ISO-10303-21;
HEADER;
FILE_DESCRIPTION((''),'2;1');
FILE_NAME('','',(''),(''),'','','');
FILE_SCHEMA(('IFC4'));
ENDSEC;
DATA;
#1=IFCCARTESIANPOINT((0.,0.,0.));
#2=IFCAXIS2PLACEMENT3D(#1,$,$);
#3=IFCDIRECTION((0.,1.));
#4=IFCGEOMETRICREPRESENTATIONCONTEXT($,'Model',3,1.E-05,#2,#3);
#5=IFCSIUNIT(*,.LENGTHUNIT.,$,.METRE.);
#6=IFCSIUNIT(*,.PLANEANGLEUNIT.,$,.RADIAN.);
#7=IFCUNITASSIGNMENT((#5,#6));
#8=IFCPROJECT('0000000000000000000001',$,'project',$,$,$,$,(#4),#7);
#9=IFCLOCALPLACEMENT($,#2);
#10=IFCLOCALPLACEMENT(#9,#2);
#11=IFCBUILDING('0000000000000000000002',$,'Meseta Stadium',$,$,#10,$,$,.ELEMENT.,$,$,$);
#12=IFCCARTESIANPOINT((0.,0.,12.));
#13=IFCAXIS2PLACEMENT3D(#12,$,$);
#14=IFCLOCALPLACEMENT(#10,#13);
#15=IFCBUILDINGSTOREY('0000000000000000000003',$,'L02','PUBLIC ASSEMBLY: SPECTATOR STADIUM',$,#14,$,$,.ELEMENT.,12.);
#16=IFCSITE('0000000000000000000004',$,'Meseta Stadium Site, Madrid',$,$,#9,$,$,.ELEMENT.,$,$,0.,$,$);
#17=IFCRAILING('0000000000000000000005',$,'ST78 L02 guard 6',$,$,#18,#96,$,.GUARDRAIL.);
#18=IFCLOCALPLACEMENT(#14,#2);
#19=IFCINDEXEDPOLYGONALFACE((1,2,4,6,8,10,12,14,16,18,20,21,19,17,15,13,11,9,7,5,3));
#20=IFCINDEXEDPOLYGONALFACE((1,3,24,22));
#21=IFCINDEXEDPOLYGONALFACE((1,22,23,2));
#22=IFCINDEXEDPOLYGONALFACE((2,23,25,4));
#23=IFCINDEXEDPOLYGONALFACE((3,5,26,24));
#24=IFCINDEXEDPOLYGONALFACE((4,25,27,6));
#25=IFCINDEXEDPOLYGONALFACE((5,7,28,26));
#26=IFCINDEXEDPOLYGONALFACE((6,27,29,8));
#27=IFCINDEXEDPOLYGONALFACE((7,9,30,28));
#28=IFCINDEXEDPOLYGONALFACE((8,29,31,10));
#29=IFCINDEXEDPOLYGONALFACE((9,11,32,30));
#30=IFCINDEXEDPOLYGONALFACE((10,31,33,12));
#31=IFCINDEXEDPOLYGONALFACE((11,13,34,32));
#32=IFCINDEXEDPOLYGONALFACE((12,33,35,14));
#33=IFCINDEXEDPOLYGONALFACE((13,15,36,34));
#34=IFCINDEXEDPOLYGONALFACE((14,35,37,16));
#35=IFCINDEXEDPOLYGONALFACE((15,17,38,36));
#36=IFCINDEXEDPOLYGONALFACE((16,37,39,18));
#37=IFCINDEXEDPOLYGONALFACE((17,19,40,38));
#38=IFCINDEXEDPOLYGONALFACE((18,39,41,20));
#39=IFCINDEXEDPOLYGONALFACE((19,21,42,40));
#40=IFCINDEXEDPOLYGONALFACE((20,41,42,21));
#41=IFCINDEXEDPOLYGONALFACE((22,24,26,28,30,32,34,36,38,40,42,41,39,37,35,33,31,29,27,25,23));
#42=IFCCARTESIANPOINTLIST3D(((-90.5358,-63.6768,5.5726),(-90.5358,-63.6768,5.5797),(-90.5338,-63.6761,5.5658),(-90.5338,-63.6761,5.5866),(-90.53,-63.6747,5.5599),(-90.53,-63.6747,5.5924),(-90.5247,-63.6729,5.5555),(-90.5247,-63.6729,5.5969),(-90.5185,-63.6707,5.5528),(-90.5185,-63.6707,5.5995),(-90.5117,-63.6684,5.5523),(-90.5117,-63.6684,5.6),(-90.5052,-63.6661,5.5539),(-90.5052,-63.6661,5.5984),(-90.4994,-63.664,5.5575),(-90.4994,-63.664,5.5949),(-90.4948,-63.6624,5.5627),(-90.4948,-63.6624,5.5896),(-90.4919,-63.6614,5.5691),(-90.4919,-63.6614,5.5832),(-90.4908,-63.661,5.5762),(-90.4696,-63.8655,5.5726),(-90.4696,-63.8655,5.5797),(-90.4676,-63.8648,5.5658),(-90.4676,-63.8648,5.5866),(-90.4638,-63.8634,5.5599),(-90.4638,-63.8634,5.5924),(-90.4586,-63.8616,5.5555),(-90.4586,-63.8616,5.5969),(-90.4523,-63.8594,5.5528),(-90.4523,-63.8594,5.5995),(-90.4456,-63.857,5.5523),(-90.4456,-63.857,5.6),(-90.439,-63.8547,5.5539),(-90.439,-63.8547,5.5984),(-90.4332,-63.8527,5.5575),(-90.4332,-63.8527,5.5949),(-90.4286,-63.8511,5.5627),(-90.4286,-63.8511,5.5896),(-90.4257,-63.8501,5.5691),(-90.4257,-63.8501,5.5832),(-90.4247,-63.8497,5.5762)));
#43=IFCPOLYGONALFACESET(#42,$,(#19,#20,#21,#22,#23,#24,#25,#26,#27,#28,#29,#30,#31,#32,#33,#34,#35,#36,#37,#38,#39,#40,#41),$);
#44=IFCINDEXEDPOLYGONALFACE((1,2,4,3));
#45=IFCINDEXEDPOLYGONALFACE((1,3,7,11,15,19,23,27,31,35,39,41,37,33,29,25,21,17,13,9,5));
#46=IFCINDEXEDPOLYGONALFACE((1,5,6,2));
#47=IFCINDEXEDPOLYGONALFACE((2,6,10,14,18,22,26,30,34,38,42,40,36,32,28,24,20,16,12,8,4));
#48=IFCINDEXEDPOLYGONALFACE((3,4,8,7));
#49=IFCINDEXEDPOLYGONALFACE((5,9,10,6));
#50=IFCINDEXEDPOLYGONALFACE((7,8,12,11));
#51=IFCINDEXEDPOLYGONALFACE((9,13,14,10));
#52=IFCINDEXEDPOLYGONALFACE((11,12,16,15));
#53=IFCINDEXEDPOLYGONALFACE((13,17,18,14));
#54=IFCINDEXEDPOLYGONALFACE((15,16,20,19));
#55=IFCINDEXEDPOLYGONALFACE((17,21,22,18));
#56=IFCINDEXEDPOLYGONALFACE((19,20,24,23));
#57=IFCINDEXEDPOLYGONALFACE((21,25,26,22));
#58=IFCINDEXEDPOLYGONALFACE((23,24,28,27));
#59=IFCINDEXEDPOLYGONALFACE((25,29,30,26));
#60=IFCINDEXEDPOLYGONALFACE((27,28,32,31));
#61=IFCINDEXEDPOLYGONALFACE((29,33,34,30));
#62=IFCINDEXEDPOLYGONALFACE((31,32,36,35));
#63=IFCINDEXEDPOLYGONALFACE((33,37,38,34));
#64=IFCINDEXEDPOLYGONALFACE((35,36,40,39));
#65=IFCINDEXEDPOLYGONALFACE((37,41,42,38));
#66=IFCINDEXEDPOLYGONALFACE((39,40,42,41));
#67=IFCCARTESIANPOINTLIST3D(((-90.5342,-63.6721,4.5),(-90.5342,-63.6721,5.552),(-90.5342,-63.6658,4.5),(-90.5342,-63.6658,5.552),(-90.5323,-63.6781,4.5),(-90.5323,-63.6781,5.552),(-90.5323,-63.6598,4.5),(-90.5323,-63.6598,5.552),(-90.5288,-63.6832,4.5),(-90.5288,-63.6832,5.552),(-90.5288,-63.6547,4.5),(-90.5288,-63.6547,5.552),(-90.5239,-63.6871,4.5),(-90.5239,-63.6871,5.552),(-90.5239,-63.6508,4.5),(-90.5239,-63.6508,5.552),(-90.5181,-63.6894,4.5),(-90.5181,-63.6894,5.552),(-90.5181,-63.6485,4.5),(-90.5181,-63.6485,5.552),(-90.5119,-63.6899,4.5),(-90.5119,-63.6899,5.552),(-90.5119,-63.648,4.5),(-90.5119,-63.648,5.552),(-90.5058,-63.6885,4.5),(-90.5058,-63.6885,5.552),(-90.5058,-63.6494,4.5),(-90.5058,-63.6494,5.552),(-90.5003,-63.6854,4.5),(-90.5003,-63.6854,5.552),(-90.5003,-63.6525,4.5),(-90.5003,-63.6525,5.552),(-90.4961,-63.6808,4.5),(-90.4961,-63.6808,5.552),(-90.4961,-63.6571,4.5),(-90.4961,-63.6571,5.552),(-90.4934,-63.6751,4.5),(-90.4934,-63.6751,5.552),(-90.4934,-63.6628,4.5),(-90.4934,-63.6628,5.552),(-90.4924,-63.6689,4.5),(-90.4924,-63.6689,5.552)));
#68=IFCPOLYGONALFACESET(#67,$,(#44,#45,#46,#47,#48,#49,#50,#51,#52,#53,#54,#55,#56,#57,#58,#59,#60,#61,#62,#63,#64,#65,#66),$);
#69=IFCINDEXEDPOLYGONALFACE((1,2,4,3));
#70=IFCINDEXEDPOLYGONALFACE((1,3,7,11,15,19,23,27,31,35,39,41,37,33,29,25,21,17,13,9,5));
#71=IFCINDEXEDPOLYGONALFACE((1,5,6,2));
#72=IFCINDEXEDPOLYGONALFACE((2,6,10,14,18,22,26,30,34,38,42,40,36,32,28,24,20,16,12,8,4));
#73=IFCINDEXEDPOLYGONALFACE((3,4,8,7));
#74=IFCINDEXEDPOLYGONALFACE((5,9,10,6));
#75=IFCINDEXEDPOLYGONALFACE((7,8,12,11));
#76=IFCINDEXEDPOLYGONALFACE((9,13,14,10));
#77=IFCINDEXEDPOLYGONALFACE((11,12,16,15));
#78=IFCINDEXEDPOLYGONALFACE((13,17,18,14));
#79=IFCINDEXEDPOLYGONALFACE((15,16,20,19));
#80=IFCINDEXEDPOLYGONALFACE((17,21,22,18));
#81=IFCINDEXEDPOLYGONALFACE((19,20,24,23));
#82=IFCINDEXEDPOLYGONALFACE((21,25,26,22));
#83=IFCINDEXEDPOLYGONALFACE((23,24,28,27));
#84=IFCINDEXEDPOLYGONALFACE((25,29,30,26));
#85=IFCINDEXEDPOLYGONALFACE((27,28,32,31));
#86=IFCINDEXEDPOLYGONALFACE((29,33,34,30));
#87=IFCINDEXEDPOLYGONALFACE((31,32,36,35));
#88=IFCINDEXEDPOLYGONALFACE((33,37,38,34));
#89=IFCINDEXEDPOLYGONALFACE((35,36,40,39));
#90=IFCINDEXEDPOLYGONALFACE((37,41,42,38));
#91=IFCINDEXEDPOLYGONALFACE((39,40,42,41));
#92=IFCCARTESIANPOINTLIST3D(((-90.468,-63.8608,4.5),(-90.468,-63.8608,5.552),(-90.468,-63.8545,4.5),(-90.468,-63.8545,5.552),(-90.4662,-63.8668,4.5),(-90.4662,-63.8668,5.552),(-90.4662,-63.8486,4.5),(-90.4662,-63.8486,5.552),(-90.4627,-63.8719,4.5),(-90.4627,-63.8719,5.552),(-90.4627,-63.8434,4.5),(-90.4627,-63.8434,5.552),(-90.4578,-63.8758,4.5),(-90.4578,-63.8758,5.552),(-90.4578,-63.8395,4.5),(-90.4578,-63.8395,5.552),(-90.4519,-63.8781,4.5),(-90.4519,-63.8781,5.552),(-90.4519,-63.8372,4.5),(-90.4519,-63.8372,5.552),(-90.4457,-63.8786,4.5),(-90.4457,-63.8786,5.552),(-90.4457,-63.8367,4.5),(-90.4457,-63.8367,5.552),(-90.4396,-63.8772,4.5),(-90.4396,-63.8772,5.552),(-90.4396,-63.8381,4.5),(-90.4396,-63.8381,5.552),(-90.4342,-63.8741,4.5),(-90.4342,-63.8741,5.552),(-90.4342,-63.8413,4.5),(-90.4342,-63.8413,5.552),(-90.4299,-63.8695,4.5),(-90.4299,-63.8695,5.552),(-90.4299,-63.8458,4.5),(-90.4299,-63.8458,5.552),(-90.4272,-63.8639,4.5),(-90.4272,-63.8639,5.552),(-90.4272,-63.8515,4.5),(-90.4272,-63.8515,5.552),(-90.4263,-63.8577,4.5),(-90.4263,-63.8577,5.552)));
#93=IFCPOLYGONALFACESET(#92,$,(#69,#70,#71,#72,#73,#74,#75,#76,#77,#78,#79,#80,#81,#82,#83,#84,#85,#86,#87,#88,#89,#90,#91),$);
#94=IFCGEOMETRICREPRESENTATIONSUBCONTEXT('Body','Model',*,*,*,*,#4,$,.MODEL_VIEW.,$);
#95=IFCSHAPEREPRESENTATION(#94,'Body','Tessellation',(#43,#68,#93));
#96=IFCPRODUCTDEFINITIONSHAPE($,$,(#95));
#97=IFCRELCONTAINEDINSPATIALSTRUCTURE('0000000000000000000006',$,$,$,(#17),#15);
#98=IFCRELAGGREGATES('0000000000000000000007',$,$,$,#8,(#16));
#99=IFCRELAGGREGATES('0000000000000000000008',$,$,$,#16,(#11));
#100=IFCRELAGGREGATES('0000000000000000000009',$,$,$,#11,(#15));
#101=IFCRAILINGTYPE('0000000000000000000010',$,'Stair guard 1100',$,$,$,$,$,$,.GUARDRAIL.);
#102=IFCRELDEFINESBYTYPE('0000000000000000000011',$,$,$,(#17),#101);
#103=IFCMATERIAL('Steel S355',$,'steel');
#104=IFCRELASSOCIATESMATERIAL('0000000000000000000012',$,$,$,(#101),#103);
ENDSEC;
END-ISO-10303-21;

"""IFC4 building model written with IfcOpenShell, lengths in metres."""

from ifc_helpers import new_model, si_unit, direction, frame, origin, origin_2d, place, context, subcontext, project, spatial, circle, extrude, material, type_object, element, save


model = new_model("IFC4")

# Units and contexts
model_context = context("Model", 3, precision=1e-05, world=origin(), true_north=direction((0.0, 1.0)))
body_context = subcontext(model_context, "Body", "Model", "MODEL_VIEW")
ifc_project = project(units=[si_unit("LENGTHUNIT", "METRE"), si_unit("PLANEANGLEUNIT", "RADIAN")], contexts=[model_context])

# Site, building, storey
site_placement = place(None, origin())
site = spatial("IfcSite", under=ifc_project, at=site_placement, Name="Meseta Stadium Site, Madrid", CompositionType="ELEMENT", RefElevation=0.0)
building_placement = place(site_placement, origin())
building = spatial("IfcBuilding", under=site, at=building_placement, Name="Meseta Stadium", CompositionType="ELEMENT")
storey_placement = place(building_placement, frame((0.0, 0.0, 12.0)))
storey = spatial("IfcBuildingStorey", under=building, at=storey_placement, Name="L02", Description="PUBLIC ASSEMBLY: SPECTATOR STADIUM", CompositionType="ELEMENT", Elevation=12.0)

# Railing
ifc_material_1 = material(Name="Steel S355", Category="steel")
railing_type_1 = type_object("IfcRailingType", Name="Stair guard 1100", PredefinedType="GUARDRAIL", material=ifc_material_1)
railing_1_placement = place(storey_placement, frame((-90.5134, -63.6689, 4.5)))
element("IfcRailing", 1, at=railing_1_placement, inside=storey, type_object=railing_type_1, Name="ST78 L02 guard 6", PredefinedType="GUARDRAIL", context=body_context, shape_type="SweptSolid", body=[
    extrude(circle(Radius=0.0239, at=origin_2d()), frame((0.0, 0.0, 1.0762), z_axis=(0.33084, -0.943687, 0.0), x_axis=(0.943687, 0.33084, 0.0)), (0.0, 0.0, 1.0), 0.2),
    extrude(circle(Radius=0.021, at=origin_2d()), origin(), (0.0, 0.0, 1.0), 1.052),
    extrude(circle(Radius=0.021, at=origin_2d()), frame((0.0662, -0.1887, 0.0)), (0.0, 0.0, 1.0), 1.052),
])

save(model, "model.ifc")
